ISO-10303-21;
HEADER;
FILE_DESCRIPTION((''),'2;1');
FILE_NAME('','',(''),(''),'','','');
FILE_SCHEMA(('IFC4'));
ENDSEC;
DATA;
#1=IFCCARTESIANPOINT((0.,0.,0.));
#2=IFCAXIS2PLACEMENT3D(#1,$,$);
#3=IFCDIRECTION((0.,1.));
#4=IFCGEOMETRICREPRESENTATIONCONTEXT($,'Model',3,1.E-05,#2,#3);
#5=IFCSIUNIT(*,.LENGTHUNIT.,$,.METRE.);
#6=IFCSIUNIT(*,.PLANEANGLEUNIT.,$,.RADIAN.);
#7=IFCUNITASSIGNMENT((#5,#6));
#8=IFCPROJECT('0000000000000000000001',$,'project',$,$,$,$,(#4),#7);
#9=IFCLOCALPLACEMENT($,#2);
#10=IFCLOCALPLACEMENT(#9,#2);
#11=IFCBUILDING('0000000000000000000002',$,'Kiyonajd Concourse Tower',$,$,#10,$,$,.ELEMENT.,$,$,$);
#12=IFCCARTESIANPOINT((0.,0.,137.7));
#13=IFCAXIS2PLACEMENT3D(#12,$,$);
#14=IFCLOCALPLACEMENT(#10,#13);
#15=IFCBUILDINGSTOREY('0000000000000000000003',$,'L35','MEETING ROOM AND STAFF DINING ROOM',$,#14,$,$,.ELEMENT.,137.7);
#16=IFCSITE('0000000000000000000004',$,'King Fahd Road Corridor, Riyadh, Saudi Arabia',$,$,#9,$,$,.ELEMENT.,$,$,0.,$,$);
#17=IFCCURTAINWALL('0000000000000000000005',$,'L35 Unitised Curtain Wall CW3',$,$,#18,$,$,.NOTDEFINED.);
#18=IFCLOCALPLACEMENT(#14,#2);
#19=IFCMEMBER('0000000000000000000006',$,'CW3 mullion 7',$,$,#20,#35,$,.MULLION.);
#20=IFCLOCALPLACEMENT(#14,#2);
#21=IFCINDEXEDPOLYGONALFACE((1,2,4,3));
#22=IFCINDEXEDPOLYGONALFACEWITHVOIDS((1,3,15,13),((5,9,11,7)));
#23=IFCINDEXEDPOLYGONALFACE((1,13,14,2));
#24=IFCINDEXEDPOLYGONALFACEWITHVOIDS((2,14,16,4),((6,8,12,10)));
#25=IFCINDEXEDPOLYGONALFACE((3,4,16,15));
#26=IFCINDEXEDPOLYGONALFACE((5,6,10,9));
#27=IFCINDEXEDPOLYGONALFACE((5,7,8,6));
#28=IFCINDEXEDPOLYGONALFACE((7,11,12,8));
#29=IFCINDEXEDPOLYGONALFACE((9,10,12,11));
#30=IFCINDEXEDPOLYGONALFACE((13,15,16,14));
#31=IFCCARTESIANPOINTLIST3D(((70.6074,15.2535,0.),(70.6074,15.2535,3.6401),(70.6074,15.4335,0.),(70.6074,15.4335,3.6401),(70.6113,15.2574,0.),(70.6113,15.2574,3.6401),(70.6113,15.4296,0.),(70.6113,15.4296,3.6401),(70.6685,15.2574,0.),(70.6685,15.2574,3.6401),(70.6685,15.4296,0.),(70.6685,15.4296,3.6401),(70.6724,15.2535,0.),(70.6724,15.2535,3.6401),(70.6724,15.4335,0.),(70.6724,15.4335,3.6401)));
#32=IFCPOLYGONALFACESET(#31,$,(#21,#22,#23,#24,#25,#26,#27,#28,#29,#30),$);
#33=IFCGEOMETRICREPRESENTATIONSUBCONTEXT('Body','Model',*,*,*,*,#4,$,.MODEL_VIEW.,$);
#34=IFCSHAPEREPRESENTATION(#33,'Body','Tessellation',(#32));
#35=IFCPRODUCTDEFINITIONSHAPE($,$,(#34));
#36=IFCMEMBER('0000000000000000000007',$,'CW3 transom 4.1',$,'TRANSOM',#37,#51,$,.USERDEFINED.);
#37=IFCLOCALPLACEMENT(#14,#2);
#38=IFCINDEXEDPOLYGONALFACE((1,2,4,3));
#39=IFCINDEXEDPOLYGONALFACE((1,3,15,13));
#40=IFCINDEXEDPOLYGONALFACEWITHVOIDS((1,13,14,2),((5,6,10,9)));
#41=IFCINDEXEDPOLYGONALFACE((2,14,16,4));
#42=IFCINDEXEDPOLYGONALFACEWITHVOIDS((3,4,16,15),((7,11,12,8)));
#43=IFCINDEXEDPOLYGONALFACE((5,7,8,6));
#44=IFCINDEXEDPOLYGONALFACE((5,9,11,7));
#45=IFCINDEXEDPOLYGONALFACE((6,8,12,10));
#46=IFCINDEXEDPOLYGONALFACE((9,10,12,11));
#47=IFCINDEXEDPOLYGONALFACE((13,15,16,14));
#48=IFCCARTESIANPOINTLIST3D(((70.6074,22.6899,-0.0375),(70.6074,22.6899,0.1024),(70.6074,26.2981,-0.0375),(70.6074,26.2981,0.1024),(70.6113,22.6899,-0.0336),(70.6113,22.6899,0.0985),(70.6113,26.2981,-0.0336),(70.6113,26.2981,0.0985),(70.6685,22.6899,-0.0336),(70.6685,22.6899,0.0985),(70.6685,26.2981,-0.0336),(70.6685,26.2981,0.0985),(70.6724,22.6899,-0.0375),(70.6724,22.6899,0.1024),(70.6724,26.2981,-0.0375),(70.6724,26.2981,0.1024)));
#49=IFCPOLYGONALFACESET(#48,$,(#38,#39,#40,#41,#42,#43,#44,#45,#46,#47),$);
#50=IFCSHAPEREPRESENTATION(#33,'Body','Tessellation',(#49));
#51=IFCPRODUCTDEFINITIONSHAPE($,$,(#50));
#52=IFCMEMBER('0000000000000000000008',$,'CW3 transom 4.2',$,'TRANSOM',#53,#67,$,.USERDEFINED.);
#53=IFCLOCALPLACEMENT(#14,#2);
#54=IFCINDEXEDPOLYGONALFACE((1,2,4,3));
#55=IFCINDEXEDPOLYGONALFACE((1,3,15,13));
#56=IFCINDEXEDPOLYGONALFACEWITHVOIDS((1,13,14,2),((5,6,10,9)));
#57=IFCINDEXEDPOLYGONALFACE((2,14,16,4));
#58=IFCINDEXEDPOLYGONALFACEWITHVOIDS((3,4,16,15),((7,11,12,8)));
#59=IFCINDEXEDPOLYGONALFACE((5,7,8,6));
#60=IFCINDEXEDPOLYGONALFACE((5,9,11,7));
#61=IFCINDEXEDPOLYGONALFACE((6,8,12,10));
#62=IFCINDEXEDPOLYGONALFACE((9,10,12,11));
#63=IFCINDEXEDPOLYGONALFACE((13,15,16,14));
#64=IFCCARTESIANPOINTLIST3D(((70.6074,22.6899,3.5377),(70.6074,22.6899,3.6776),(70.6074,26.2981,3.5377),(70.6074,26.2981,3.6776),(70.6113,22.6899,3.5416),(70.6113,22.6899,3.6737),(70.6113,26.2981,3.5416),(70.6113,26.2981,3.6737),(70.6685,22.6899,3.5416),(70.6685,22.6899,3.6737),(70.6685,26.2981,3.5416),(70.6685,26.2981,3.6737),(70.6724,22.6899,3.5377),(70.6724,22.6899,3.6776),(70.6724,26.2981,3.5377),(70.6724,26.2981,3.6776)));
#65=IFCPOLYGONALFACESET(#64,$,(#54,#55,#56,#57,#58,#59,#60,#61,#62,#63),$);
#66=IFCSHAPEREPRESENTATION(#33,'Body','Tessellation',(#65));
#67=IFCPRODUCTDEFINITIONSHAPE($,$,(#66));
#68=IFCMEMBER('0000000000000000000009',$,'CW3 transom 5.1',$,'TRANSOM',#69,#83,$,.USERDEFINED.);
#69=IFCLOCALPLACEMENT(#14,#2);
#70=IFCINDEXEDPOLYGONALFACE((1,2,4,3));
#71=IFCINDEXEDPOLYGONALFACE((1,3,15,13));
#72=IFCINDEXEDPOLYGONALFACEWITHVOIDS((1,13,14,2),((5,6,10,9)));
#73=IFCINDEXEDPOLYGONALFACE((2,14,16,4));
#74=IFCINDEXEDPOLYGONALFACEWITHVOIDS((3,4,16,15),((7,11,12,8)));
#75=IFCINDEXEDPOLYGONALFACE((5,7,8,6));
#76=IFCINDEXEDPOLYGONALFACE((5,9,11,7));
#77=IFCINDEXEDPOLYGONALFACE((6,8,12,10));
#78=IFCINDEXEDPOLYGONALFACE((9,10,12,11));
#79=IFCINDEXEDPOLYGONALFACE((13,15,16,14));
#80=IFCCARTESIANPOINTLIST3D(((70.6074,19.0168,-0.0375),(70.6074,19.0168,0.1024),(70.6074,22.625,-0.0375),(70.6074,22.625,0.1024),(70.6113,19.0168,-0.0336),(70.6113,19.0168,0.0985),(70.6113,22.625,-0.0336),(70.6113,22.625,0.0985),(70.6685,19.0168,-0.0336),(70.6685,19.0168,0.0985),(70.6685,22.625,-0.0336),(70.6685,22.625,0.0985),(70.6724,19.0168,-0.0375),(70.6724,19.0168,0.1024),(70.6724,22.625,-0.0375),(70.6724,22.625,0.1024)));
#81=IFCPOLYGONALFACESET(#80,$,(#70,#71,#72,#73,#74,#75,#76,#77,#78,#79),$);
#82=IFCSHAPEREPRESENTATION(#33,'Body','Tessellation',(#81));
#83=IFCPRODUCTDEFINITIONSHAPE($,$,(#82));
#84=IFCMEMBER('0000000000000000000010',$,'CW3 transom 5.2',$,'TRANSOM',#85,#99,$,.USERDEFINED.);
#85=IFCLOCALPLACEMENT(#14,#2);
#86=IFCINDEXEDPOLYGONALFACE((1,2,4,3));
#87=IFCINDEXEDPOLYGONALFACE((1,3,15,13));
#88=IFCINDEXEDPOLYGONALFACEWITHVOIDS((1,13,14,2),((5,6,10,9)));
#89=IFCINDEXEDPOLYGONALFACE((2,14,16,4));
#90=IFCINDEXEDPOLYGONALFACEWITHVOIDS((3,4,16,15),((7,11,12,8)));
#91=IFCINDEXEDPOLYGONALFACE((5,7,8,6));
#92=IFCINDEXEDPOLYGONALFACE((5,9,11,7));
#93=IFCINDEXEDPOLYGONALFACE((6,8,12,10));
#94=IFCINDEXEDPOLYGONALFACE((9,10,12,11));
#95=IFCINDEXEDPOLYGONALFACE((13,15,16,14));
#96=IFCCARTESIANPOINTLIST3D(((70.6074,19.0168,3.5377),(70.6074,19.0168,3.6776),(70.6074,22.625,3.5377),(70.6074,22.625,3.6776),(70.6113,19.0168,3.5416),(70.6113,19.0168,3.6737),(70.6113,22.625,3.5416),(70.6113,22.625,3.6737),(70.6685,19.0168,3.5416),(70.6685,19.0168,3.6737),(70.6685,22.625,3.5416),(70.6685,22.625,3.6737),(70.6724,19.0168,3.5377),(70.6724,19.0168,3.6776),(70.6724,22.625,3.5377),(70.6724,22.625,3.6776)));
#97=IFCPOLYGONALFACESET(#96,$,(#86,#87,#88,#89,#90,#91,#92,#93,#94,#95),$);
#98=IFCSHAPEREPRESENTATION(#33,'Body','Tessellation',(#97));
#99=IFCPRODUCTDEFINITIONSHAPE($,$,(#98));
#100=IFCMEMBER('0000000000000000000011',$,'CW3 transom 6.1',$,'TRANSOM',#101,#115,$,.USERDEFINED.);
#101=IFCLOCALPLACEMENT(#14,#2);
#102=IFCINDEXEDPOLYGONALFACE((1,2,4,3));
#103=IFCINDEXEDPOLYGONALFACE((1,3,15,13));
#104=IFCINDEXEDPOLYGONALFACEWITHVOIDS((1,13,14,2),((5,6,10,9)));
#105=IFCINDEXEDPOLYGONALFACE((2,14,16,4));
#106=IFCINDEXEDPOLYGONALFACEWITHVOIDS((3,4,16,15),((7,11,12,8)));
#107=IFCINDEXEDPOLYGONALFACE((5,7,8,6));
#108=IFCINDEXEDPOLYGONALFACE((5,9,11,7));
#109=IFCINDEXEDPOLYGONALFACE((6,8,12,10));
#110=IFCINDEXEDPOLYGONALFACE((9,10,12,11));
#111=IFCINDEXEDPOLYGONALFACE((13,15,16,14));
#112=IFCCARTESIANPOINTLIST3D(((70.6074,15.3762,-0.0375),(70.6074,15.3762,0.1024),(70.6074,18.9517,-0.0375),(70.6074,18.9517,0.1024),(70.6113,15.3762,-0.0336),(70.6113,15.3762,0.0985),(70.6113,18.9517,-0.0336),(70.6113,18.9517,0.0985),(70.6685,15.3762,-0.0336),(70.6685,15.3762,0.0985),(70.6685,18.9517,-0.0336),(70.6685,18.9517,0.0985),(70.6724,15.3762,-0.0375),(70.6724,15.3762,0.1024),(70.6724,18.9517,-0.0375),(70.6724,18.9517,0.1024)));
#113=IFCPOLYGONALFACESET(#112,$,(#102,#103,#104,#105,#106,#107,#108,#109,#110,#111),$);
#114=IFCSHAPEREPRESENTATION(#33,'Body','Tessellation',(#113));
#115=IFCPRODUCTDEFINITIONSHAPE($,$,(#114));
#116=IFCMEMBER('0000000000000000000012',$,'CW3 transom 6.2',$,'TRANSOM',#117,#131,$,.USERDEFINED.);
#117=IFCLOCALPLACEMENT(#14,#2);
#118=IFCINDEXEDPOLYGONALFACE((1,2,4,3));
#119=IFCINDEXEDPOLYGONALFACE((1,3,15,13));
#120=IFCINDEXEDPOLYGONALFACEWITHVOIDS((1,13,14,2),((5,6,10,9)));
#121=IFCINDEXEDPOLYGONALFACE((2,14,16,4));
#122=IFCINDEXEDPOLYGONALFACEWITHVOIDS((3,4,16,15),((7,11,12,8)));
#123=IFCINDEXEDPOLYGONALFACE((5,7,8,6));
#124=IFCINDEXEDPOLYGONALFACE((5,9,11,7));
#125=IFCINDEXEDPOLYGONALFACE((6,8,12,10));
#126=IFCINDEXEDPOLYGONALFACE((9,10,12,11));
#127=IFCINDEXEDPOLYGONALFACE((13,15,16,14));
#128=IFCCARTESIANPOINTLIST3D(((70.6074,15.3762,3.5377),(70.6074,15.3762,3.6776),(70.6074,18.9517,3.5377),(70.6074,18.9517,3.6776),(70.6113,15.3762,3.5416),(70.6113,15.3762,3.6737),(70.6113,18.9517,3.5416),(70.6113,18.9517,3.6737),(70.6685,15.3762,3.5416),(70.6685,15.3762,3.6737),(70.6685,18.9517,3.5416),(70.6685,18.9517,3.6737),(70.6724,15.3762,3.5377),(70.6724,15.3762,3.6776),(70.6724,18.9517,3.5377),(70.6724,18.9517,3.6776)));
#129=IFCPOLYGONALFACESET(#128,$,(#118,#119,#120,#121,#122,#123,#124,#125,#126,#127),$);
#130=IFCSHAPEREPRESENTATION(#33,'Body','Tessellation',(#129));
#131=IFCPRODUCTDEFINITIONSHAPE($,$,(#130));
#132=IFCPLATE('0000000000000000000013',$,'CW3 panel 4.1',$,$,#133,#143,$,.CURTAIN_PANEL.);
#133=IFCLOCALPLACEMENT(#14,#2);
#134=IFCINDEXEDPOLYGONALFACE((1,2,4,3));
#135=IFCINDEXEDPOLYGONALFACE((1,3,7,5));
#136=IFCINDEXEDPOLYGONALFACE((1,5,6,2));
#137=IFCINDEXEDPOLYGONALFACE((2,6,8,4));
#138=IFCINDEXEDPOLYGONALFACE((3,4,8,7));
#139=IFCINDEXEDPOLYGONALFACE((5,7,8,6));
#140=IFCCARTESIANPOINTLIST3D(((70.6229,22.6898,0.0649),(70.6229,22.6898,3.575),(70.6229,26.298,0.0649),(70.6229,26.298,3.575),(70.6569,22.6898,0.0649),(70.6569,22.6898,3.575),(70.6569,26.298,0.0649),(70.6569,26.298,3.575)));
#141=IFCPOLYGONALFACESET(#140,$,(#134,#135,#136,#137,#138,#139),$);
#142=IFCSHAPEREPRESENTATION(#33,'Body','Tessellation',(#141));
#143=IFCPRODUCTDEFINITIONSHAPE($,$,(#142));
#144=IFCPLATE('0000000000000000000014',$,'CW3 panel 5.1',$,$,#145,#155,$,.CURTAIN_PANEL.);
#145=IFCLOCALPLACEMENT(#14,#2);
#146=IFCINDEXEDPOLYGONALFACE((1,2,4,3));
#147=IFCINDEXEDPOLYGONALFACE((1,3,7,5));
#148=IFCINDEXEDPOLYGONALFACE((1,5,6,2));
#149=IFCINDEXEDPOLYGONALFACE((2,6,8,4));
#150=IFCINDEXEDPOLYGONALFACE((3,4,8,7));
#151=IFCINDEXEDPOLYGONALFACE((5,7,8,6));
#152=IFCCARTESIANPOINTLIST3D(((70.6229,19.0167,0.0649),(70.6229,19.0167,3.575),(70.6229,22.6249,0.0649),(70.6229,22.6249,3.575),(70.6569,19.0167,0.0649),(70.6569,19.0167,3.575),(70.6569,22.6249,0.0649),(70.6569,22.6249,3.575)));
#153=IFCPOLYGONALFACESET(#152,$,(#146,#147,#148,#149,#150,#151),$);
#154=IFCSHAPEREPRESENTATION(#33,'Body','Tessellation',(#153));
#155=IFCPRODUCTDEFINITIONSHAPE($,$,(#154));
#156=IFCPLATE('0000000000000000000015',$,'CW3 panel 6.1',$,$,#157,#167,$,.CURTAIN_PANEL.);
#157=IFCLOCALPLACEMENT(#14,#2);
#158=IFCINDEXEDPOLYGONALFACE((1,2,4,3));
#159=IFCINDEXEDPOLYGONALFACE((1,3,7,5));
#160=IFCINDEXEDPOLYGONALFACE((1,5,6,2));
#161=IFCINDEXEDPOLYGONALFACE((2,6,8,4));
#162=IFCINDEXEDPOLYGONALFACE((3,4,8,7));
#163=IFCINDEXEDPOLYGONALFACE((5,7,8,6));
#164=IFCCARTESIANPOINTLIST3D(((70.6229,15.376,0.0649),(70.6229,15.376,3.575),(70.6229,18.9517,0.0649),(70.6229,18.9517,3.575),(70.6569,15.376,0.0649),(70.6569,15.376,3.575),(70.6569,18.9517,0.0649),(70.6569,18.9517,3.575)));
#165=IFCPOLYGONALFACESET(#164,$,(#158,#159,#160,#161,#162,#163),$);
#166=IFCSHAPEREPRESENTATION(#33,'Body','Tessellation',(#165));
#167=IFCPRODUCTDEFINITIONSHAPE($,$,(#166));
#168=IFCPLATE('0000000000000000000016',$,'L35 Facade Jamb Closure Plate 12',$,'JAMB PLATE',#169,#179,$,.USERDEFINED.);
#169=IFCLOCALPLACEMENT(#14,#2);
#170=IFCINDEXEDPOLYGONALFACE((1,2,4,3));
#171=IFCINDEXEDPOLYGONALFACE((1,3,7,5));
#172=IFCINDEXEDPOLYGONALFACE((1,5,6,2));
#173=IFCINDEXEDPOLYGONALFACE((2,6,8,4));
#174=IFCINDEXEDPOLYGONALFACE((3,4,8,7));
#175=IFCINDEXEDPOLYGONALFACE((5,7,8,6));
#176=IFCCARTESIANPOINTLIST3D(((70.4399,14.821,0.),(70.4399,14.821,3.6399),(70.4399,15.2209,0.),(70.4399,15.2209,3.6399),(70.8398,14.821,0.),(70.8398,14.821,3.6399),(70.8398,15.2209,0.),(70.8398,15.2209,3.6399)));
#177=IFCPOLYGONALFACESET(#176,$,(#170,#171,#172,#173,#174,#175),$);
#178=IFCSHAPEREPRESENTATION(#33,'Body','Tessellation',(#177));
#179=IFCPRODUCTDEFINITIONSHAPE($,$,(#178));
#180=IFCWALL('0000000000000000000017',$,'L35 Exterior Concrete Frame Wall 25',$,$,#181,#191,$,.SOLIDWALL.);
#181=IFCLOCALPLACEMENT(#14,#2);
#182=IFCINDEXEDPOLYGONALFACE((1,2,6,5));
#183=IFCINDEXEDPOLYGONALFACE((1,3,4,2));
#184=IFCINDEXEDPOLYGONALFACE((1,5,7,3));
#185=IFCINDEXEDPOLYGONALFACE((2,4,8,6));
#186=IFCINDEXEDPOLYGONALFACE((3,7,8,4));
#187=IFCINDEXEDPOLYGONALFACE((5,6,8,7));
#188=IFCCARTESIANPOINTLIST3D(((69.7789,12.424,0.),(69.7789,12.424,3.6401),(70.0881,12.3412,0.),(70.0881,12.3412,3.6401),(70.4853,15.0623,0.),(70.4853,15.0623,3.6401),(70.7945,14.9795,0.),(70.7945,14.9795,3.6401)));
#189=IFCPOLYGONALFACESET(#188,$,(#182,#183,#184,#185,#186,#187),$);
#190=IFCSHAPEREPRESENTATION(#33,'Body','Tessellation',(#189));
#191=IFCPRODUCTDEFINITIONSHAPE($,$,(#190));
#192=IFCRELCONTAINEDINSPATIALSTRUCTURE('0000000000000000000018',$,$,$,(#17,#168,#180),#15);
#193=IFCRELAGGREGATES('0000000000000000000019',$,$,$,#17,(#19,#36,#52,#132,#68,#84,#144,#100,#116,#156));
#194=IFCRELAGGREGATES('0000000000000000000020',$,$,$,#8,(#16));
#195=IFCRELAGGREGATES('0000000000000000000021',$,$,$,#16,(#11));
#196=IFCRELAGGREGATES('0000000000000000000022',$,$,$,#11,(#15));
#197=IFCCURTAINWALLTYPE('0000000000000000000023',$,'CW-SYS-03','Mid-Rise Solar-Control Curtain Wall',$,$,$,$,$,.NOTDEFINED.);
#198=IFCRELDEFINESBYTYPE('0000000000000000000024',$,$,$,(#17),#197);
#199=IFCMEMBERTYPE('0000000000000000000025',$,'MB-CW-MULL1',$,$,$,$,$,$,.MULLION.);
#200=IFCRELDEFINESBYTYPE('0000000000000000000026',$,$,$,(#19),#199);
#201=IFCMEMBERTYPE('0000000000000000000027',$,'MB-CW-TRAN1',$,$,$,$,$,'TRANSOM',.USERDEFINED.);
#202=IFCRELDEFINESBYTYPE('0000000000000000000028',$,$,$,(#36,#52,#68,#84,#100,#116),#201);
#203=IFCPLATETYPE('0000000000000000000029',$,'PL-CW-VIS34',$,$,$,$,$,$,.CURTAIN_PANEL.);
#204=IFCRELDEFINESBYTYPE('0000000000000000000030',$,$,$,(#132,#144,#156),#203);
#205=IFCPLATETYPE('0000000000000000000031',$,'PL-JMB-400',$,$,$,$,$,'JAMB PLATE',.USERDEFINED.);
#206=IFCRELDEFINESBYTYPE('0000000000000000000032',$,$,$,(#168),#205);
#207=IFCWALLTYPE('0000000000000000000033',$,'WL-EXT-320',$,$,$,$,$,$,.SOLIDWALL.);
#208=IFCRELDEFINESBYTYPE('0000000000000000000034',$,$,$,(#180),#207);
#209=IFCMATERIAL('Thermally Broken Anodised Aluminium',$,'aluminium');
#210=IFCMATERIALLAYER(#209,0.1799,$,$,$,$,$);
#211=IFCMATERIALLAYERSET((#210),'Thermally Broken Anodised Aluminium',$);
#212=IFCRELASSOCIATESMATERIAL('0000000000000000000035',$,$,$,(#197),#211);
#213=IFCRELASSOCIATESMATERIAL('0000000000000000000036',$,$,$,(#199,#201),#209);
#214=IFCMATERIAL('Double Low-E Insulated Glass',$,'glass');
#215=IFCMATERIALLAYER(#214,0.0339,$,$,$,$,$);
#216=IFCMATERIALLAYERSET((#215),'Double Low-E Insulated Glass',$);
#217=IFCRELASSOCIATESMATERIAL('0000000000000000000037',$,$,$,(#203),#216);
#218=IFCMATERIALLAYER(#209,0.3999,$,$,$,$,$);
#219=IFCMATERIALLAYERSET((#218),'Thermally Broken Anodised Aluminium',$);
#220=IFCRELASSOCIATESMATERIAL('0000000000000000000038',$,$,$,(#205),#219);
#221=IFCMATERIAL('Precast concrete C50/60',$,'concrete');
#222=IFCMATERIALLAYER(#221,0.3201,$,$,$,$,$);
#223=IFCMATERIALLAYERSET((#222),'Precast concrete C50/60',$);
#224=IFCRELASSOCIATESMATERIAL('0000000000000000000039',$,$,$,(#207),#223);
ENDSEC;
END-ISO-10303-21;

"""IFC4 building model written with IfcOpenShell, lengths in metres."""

from ifc_helpers import new_model, si_unit, direction, frame, frame_2d, origin, origin_2d, place, context, subcontext, project, spatial, rectangle, hollow_rectangle, extrude, material, layer, layer_set, material_profile, profile_set, type_object, element, aggregate, save


model = new_model("IFC4")

# Units and contexts
model_context = context("Model", 3, precision=1e-05, world=origin(), true_north=direction((0.0, 1.0)))
body_context = subcontext(model_context, "Body", "Model", "MODEL_VIEW")
ifc_project = project(units=[si_unit("LENGTHUNIT", "METRE"), si_unit("PLANEANGLEUNIT", "RADIAN")], contexts=[model_context])

# Site, building, storey
site_placement = place(None, origin())
site = spatial("IfcSite", under=ifc_project, at=site_placement, Name="King Fahd Road Corridor, Riyadh, Saudi Arabia", CompositionType="ELEMENT", RefElevation=0.0)
building_placement = place(site_placement, origin())
building = spatial("IfcBuilding", under=site, at=building_placement, Name="Kiyonajd Concourse Tower", CompositionType="ELEMENT")
storey_placement = place(building_placement, frame((0.0, 0.0, 137.7)))
storey = spatial("IfcBuildingStorey", under=building, at=storey_placement, Name="L35", Description="MEETING ROOM AND STAFF DINING ROOM", CompositionType="ELEMENT", Elevation=137.7)

# Shared definitions
ifc_material_1 = material(Name="Precast concrete C50/60", Category="concrete")

# Curtain wall, members, plates
ifc_material_2 = material(Name="Thermally Broken Anodised Aluminium", Category="aluminium")
ifc_layer_1 = layer(ifc_material_2, 0.1799)
ifc_layer_set_1 = layer_set([ifc_layer_1], Name="Thermally Broken Anodised Aluminium")
curtain_wall_type = type_object("IfcCurtainWallType", Name="CW-SYS-03", Description="Mid-Rise Solar-Control Curtain Wall", PredefinedType="NOTDEFINED", material=ifc_layer_set_1)
curtain_wall_placement = place(storey_placement, origin())
curtain_wall = element("IfcCurtainWall", 1, at=curtain_wall_placement, inside=storey, type_object=curtain_wall_type, Name="L35 Unitised Curtain Wall CW3", PredefinedType="NOTDEFINED")
ifc_material_profile_1 = material_profile(ifc_material_2, hollow_rectangle(XDim=0.0649, YDim=0.1799, WallThickness=0.0039, at=origin_2d()), Name="MULL-65x180")
ifc_profile_set_1 = profile_set([ifc_material_profile_1], Name="Thermally Broken Anodised Aluminium")
member_type_1 = type_object("IfcMemberType", Name="MB-CW-MULL1", PredefinedType="MULLION", material=ifc_profile_set_1)
member_1_placement = place(storey_placement, frame((70.6399, 15.3435, 0.0), z_axis=(0.0, 0.0, 1.0), x_axis=(1.0, 0.0, 0.0)))
member_1 = element("IfcMember", 2, at=member_1_placement, type_object=member_type_1, Name="CW3 mullion 7", PredefinedType="MULLION", context=body_context, shape_type="SweptSolid", body=[
    extrude(hollow_rectangle(XDim=0.0649, YDim=0.1799, WallThickness=0.0039, at=origin_2d()), origin(), (0.0, 0.0, 1.0), 3.6401),
])
ifc_material_profile_2 = material_profile(ifc_material_2, hollow_rectangle(XDim=0.0649, YDim=0.1399, WallThickness=0.0039, at=origin_2d()), Name="TRAN-65x140")
ifc_profile_set_2 = profile_set([ifc_material_profile_2], Name="Thermally Broken Anodised Aluminium")
member_type_2 = type_object("IfcMemberType", Name="MB-CW-TRAN1", ElementType="TRANSOM", PredefinedType="USERDEFINED", material=ifc_profile_set_2)
member_2_placement = place(storey_placement, frame((70.6399, 26.2981, 0.0325), z_axis=(0.0, -1.0, 0.0), x_axis=(1.0, 0.0, 0.0)))
member_2 = element("IfcMember", 3, at=member_2_placement, type_object=member_type_2, Name="CW3 transom 4.1", ObjectType="TRANSOM", PredefinedType="USERDEFINED", context=body_context, shape_type="SweptSolid", body=[
    extrude(hollow_rectangle(XDim=0.0649, YDim=0.1399, WallThickness=0.0039, at=origin_2d()), origin(), (0.0, 0.0, 1.0), 3.6082),
])
member_3_placement = place(storey_placement, frame((70.6399, 26.2981, 3.6077), z_axis=(0.0, -1.0, 0.0), x_axis=(1.0, 0.0, 0.0)))
member_3 = element("IfcMember", 4, at=member_3_placement, type_object=member_type_2, Name="CW3 transom 4.2", ObjectType="TRANSOM", PredefinedType="USERDEFINED", context=body_context, shape_type="SweptSolid", body=[
    extrude(hollow_rectangle(XDim=0.0649, YDim=0.1399, WallThickness=0.0039, at=origin_2d()), origin(), (0.0, 0.0, 1.0), 3.6082),
])
member_4_placement = place(storey_placement, frame((70.6399, 22.625, 0.0325), z_axis=(0.0, -1.0, 0.0), x_axis=(1.0, 0.0, 0.0)))
member_4 = element("IfcMember", 5, at=member_4_placement, type_object=member_type_2, Name="CW3 transom 5.1", ObjectType="TRANSOM", PredefinedType="USERDEFINED", context=body_context, shape_type="SweptSolid", body=[
    extrude(hollow_rectangle(XDim=0.0649, YDim=0.1399, WallThickness=0.0039, at=origin_2d()), origin(), (0.0, 0.0, 1.0), 3.6082),
])
member_5_placement = place(storey_placement, frame((70.6399, 22.625, 3.6077), z_axis=(0.0, -1.0, 0.0), x_axis=(1.0, 0.0, 0.0)))
member_5 = element("IfcMember", 6, at=member_5_placement, type_object=member_type_2, Name="CW3 transom 5.2", ObjectType="TRANSOM", PredefinedType="USERDEFINED", context=body_context, shape_type="SweptSolid", body=[
    extrude(hollow_rectangle(XDim=0.0649, YDim=0.1399, WallThickness=0.0039, at=origin_2d()), origin(), (0.0, 0.0, 1.0), 3.6082),
])
member_6_placement = place(storey_placement, frame((70.6399, 18.9517, 0.0325), z_axis=(0.0, -1.0, 0.0), x_axis=(1.0, 0.0, 0.0)))
member_6 = element("IfcMember", 7, at=member_6_placement, type_object=member_type_2, Name="CW3 transom 6.1", ObjectType="TRANSOM", PredefinedType="USERDEFINED", context=body_context, shape_type="SweptSolid", body=[
    extrude(hollow_rectangle(XDim=0.0649, YDim=0.1399, WallThickness=0.0039, at=origin_2d()), origin(), (0.0, 0.0, 1.0), 3.5754),
])
member_7_placement = place(storey_placement, frame((70.6399, 18.9517, 3.6077), z_axis=(0.0, -1.0, 0.0), x_axis=(1.0, 0.0, 0.0)))
member_7 = element("IfcMember", 8, at=member_7_placement, type_object=member_type_2, Name="CW3 transom 6.2", ObjectType="TRANSOM", PredefinedType="USERDEFINED", context=body_context, shape_type="SweptSolid", body=[
    extrude(hollow_rectangle(XDim=0.0649, YDim=0.1399, WallThickness=0.0039, at=origin_2d()), origin(), (0.0, 0.0, 1.0), 3.5754),
])
ifc_material_3 = material(Name="Double Low-E Insulated Glass", Category="glass")
ifc_layer_2 = layer(ifc_material_3, 0.0339)
ifc_layer_set_2 = layer_set([ifc_layer_2], Name="Double Low-E Insulated Glass")
plate_type_1 = type_object("IfcPlateType", Name="PL-CW-VIS34", PredefinedType="CURTAIN_PANEL", material=ifc_layer_set_2)
plate_1_placement = place(storey_placement, frame((70.6399, 24.4939, 0.0649), z_axis=(0.0, 0.0, 1.0), x_axis=(0.0, -1.0, 0.0)))
plate_1 = element("IfcPlate", 9, at=plate_1_placement, type_object=plate_type_1, Name="CW3 panel 4.1", PredefinedType="CURTAIN_PANEL", context=body_context, shape_type="SweptSolid", body=[
    extrude(rectangle(XDim=3.6082, YDim=0.0339, at=origin_2d()), origin(), (0.0, 0.0, 1.0), 3.51),
])
plate_2_placement = place(storey_placement, frame((70.6399, 20.8208, 0.0649), z_axis=(0.0, 0.0, 1.0), x_axis=(0.0, -1.0, 0.0)))
plate_2 = element("IfcPlate", 10, at=plate_2_placement, type_object=plate_type_1, Name="CW3 panel 5.1", PredefinedType="CURTAIN_PANEL", context=body_context, shape_type="SweptSolid", body=[
    extrude(rectangle(XDim=3.6082, YDim=0.0339, at=origin_2d()), origin(), (0.0, 0.0, 1.0), 3.51),
])
plate_3_placement = place(storey_placement, frame((70.6399, 17.1638, 0.0649), z_axis=(0.0, 0.0, 1.0), x_axis=(0.0, -1.0, 0.0)))
plate_3 = element("IfcPlate", 11, at=plate_3_placement, type_object=plate_type_1, Name="CW3 panel 6.1", PredefinedType="CURTAIN_PANEL", context=body_context, shape_type="SweptSolid", body=[
    extrude(rectangle(XDim=3.5757, YDim=0.0339, at=origin_2d()), origin(), (0.0, 0.0, 1.0), 3.51),
])
aggregate(curtain_wall, [member_1, member_2, member_3, plate_1, member_4, member_5, plate_2, member_6, member_7, plate_3])

# Plate
ifc_layer_3 = layer(ifc_material_2, 0.3999)
ifc_layer_set_3 = layer_set([ifc_layer_3], Name="Thermally Broken Anodised Aluminium")
plate_type_2 = type_object("IfcPlateType", Name="PL-JMB-400", ElementType="JAMB PLATE", PredefinedType="USERDEFINED", material=ifc_layer_set_3)
plate_4_placement = place(storey_placement, frame((70.6399, 15.021, 0.0), z_axis=(0.0, 0.0, 1.0), x_axis=(1.0, 0.0, 0.0)))
element("IfcPlate", 12, at=plate_4_placement, inside=storey, type_object=plate_type_2, Name="L35 Facade Jamb Closure Plate 12", ObjectType="JAMB PLATE", PredefinedType="USERDEFINED", context=body_context, shape_type="SweptSolid", body=[
    extrude(rectangle(XDim=0.3999, YDim=0.3999, at=origin_2d()), origin(), (0.0, 0.0, 1.0), 3.6399),
])

# Wall
ifc_layer_4 = layer(ifc_material_1, 0.3201)
ifc_layer_set_4 = layer_set([ifc_layer_4], Name="Precast concrete C50/60")
wall_type = type_object("IfcWallType", Name="WL-EXT-320", PredefinedType="SOLIDWALL", material=ifc_layer_set_4)
wall_1_placement = place(storey_placement, frame((70.6399, 15.021, 0.0), z_axis=(0.0, 0.0, 1.0), x_axis=(-0.258614, -0.965981, 0.0)))
element("IfcWall", 13, at=wall_1_placement, inside=storey, type_object=wall_type, Name="L35 Exterior Concrete Frame Wall 25", PredefinedType="SOLIDWALL", context=body_context, shape_type="SweptSolid", body=[
    extrude(rectangle(XDim=2.7312, YDim=0.3201, at=frame_2d((1.3657, 0.0))), origin(), (0.0, 0.0, 1.0), 3.6401),
])

save(model, "model.ifc")
